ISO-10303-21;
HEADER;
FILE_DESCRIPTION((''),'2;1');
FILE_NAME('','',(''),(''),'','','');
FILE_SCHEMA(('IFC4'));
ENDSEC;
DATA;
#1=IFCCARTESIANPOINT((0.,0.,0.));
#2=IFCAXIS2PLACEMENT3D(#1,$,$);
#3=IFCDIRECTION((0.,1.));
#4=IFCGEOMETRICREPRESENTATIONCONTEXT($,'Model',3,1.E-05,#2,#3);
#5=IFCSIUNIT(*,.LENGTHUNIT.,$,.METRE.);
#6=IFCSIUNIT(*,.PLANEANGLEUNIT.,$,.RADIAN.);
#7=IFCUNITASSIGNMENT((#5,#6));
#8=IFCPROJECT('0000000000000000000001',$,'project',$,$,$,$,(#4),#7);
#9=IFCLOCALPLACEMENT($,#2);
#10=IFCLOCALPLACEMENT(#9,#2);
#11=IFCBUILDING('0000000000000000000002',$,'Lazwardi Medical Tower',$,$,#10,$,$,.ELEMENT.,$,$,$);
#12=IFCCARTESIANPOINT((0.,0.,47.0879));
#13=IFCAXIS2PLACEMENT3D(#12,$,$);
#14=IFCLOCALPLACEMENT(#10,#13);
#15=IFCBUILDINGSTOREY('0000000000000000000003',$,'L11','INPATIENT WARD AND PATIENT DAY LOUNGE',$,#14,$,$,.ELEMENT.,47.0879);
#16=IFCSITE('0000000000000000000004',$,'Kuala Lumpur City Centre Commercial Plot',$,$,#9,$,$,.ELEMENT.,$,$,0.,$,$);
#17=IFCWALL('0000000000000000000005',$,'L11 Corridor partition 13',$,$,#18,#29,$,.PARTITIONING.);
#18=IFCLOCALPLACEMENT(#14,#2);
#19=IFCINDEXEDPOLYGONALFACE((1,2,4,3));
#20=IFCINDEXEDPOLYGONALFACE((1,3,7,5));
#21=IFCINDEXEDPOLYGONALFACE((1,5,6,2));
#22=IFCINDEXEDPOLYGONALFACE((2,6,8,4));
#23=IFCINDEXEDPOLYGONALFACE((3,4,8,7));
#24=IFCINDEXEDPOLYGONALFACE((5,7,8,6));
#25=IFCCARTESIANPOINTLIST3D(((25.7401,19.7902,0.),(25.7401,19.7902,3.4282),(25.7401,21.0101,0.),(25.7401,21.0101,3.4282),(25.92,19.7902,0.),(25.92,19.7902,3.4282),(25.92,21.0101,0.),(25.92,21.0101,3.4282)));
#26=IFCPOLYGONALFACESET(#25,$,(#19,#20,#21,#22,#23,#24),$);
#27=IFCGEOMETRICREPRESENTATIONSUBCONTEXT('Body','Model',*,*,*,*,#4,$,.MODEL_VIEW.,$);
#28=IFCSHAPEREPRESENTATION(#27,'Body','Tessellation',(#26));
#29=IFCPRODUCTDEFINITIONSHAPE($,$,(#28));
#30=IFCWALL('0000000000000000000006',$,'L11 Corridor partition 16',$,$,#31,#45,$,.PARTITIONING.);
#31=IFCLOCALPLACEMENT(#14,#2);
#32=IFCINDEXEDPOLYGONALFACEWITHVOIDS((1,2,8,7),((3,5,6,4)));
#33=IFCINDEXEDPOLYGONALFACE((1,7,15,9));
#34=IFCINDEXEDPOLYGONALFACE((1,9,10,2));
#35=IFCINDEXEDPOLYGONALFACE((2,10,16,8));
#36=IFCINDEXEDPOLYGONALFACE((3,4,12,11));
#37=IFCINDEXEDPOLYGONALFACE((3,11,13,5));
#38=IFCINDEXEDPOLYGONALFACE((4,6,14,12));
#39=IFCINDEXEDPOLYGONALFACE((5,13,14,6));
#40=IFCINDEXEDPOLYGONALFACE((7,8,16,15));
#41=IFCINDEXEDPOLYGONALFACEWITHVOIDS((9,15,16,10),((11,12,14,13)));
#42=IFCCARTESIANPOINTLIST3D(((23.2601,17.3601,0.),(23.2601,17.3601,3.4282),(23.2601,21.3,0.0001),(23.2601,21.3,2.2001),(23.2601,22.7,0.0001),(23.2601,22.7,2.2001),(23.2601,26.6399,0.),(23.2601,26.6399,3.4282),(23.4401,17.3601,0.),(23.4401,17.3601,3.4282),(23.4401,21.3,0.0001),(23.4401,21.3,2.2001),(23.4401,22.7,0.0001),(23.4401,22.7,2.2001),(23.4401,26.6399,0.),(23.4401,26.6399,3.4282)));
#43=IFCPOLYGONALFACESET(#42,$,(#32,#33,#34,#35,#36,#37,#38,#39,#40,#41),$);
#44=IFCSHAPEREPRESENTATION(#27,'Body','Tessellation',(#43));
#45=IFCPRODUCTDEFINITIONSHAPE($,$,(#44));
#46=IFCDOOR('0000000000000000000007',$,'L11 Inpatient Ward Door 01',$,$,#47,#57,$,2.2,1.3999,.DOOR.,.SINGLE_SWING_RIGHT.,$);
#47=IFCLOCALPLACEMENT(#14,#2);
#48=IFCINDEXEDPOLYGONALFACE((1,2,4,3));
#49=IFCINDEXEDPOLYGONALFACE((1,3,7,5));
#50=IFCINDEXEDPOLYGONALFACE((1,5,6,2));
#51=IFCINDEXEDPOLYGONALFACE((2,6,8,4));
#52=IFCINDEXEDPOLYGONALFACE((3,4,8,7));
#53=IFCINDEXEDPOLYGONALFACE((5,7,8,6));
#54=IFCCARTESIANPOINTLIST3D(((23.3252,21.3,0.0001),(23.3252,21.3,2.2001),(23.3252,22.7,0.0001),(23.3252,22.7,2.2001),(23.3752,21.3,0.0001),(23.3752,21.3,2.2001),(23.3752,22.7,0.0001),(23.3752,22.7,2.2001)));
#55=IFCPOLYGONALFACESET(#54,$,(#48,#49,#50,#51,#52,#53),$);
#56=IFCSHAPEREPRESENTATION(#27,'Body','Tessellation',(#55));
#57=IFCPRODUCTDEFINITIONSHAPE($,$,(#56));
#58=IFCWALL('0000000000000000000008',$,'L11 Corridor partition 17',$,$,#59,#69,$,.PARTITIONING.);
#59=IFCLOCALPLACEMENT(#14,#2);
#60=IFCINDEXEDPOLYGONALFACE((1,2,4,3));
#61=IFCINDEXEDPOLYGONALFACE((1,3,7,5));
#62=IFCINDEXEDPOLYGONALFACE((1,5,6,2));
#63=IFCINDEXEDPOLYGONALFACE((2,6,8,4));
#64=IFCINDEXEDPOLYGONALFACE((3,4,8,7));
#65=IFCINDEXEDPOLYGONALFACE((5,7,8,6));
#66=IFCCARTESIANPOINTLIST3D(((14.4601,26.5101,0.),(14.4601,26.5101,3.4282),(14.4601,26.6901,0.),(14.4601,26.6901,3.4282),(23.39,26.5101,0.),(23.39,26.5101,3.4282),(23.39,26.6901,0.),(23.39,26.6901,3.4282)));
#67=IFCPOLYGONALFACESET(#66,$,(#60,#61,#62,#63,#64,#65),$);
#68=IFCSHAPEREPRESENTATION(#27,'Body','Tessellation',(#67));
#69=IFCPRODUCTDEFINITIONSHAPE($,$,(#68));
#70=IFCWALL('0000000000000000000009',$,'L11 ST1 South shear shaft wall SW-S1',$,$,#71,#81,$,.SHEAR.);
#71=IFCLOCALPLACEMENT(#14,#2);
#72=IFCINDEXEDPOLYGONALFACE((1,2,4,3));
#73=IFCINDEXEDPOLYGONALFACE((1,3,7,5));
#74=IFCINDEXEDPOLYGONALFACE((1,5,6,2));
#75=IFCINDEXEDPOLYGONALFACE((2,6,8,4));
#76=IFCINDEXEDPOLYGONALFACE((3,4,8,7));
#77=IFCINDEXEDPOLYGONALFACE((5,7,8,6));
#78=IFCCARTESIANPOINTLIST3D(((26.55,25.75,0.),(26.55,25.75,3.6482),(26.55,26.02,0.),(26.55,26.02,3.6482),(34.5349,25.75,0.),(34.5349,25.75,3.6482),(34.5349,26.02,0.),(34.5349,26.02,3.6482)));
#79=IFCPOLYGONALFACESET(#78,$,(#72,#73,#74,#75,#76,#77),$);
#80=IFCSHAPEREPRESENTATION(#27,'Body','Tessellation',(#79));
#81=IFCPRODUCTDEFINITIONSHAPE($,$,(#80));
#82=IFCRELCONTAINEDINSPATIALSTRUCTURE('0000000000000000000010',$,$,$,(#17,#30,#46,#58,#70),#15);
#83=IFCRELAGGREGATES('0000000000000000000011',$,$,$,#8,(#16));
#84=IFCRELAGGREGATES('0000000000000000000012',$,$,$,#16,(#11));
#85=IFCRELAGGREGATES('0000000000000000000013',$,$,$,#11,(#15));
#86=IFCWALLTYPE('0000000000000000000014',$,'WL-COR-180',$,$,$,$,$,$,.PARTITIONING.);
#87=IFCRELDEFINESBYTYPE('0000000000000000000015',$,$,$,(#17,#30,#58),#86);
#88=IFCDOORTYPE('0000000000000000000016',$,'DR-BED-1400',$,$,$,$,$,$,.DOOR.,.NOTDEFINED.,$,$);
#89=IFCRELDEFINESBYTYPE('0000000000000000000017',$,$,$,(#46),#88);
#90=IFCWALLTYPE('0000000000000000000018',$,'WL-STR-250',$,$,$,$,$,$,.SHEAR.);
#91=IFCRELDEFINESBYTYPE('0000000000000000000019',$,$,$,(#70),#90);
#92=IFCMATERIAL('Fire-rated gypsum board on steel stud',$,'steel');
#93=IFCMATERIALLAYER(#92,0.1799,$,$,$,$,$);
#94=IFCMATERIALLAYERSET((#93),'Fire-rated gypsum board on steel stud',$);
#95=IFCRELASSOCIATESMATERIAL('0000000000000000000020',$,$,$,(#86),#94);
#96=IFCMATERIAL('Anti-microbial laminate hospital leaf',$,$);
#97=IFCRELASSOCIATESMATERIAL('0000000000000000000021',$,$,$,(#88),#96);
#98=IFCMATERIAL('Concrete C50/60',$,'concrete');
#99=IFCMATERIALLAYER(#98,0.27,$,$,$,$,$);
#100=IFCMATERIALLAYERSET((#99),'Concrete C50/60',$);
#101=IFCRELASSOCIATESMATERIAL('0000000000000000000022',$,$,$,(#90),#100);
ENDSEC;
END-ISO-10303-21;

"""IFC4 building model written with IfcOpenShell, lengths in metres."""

from ifc_helpers import new_model, si_unit, direction, frame, frame_2d, origin, place, context, subcontext, project, spatial, rectangle, extrude, material, layer, layer_set, type_object, element, fill, save


model = new_model("IFC4")

# Units and contexts
model_context = context("Model", 3, precision=1e-05, world=origin(), true_north=direction((0.0, 1.0)))
body_context = subcontext(model_context, "Body", "Model", "MODEL_VIEW")
ifc_project = project(units=[si_unit("LENGTHUNIT", "METRE"), si_unit("PLANEANGLEUNIT", "RADIAN")], contexts=[model_context])

# Site, building, storey
site_placement = place(None, origin())
site = spatial("IfcSite", under=ifc_project, at=site_placement, Name="Kuala Lumpur City Centre Commercial Plot", CompositionType="ELEMENT", RefElevation=0.0)
building_placement = place(site_placement, origin())
building = spatial("IfcBuilding", under=site, at=building_placement, Name="Lazwardi Medical Tower", CompositionType="ELEMENT")
storey_placement = place(building_placement, frame((0.0, 0.0, 47.0879)))
storey = spatial("IfcBuildingStorey", under=building, at=storey_placement, Name="L11", Description="INPATIENT WARD AND PATIENT DAY LOUNGE", CompositionType="ELEMENT", Elevation=47.0879)

# Wall
ifc_material_1 = material(Name="Fire-rated gypsum board on steel stud", Category="steel")
ifc_layer_1 = layer(ifc_material_1, 0.1799)
ifc_layer_set_1 = layer_set([ifc_layer_1], Name="Fire-rated gypsum board on steel stud")
wall_type_1 = type_object("IfcWallType", Name="WL-COR-180", PredefinedType="PARTITIONING", material=ifc_layer_set_1)
wall_1_placement = place(storey_placement, frame((25.8301, 21.01, 0.0), z_axis=(0.0, 0.0, 1.0), x_axis=(0.0, -1.0, 0.0)))
element("IfcWall", 1, at=wall_1_placement, inside=storey, type_object=wall_type_1, Name="L11 Corridor partition 13", PredefinedType="PARTITIONING", context=body_context, shape_type="SweptSolid", body=[
    extrude(rectangle(XDim=1.22, YDim=0.1799, at=frame_2d((0.6099, 0.0))), origin(), (0.0, 0.0, 1.0), 3.4282),
])

# Wall, opening, door
wall_2_placement = place(storey_placement, frame((23.3501, 17.3601, 0.0), z_axis=(0.0, 0.0, 1.0), x_axis=(0.0, 1.0, 0.0)))
wall_2 = element("IfcWall", 2, at=wall_2_placement, inside=storey, type_object=wall_type_1, Name="L11 Corridor partition 16", PredefinedType="PARTITIONING", context=body_context, shape_type="SweptSolid", body=[
    extrude(rectangle(XDim=9.2798, YDim=0.1799, at=frame_2d((4.6399, 0.0))), origin(), (0.0, 0.0, 1.0), 3.4282),
])
opening_1_placement = place(wall_2_placement, frame((3.9399, 0.0, 0.0)))
opening_1 = element("IfcOpeningElement", 3, at=opening_1_placement, cuts=wall_2, PredefinedType="OPENING", context=body_context, shape_type="SweptSolid", body=[
    extrude(rectangle(XDim=1.3999, YDim=2.2, at=frame_2d((0.7, 1.1001))), frame((0.0, 0.0999, 0.0), z_axis=(0.0, -1.0, 0.0), x_axis=(1.0, 0.0, 0.0)), (0.0, 0.0, 1.0), 0.2),
])
ifc_material_2 = material(Name="Anti-microbial laminate hospital leaf")
door_type_1 = type_object("IfcDoorType", Name="DR-BED-1400", OperationType="NOTDEFINED", PredefinedType="DOOR", material=ifc_material_2)
door_1_placement = place(opening_1_placement, origin())
door_1 = element("IfcDoor", 4, at=door_1_placement, inside=storey, type_object=door_type_1, Name="L11 Inpatient Ward Door 01", OperationType="SINGLE_SWING_RIGHT", OverallHeight=2.2, OverallWidth=1.3999, PredefinedType="DOOR", context=body_context, shape_type="SweptSolid", body=[
    extrude(rectangle(XDim=1.3999, YDim=2.2, at=frame_2d((0.7, 1.1001))), frame((0.0, 0.0249, 0.0), z_axis=(0.0, -1.0, 0.0), x_axis=(1.0, 0.0, 0.0)), (0.0, 0.0, 1.0), 0.05),
])
fill(opening_1, door_1)

# Wall
wall_3_placement = place(storey_placement, frame((23.3899, 26.6001, 0.0), z_axis=(0.0, 0.0, 1.0), x_axis=(-1.0, 0.0, 0.0)))
element("IfcWall", 5, at=wall_3_placement, inside=storey, type_object=wall_type_1, Name="L11 Corridor partition 17", PredefinedType="PARTITIONING", context=body_context, shape_type="SweptSolid", body=[
    extrude(rectangle(XDim=8.9299, YDim=0.1799, at=frame_2d((4.4648, 0.0))), origin(), (0.0, 0.0, 1.0), 3.4282),
])

# Wall
ifc_material_3 = material(Name="Concrete C50/60", Category="concrete")
ifc_layer_2 = layer(ifc_material_3, 0.27)
ifc_layer_set_2 = layer_set([ifc_layer_2], Name="Concrete C50/60")
wall_type_2 = type_object("IfcWallType", Name="WL-STR-250", PredefinedType="SHEAR", material=ifc_layer_set_2)
wall_4_placement = place(storey_placement, frame((26.55, 25.885, 0.0), z_axis=(0.0, 0.0, 1.0), x_axis=(1.0, 0.0, 0.0)))
element("IfcWall", 6, at=wall_4_placement, inside=storey, type_object=wall_type_2, Name="L11 ST1 South shear shaft wall SW-S1", PredefinedType="SHEAR", context=body_context, shape_type="SweptSolid", body=[
    extrude(rectangle(XDim=7.9849, YDim=0.27, at=frame_2d((3.9924, 0.0))), origin(), (0.0, 0.0, 1.0), 3.6482),
])

save(model, "model.ifc")
